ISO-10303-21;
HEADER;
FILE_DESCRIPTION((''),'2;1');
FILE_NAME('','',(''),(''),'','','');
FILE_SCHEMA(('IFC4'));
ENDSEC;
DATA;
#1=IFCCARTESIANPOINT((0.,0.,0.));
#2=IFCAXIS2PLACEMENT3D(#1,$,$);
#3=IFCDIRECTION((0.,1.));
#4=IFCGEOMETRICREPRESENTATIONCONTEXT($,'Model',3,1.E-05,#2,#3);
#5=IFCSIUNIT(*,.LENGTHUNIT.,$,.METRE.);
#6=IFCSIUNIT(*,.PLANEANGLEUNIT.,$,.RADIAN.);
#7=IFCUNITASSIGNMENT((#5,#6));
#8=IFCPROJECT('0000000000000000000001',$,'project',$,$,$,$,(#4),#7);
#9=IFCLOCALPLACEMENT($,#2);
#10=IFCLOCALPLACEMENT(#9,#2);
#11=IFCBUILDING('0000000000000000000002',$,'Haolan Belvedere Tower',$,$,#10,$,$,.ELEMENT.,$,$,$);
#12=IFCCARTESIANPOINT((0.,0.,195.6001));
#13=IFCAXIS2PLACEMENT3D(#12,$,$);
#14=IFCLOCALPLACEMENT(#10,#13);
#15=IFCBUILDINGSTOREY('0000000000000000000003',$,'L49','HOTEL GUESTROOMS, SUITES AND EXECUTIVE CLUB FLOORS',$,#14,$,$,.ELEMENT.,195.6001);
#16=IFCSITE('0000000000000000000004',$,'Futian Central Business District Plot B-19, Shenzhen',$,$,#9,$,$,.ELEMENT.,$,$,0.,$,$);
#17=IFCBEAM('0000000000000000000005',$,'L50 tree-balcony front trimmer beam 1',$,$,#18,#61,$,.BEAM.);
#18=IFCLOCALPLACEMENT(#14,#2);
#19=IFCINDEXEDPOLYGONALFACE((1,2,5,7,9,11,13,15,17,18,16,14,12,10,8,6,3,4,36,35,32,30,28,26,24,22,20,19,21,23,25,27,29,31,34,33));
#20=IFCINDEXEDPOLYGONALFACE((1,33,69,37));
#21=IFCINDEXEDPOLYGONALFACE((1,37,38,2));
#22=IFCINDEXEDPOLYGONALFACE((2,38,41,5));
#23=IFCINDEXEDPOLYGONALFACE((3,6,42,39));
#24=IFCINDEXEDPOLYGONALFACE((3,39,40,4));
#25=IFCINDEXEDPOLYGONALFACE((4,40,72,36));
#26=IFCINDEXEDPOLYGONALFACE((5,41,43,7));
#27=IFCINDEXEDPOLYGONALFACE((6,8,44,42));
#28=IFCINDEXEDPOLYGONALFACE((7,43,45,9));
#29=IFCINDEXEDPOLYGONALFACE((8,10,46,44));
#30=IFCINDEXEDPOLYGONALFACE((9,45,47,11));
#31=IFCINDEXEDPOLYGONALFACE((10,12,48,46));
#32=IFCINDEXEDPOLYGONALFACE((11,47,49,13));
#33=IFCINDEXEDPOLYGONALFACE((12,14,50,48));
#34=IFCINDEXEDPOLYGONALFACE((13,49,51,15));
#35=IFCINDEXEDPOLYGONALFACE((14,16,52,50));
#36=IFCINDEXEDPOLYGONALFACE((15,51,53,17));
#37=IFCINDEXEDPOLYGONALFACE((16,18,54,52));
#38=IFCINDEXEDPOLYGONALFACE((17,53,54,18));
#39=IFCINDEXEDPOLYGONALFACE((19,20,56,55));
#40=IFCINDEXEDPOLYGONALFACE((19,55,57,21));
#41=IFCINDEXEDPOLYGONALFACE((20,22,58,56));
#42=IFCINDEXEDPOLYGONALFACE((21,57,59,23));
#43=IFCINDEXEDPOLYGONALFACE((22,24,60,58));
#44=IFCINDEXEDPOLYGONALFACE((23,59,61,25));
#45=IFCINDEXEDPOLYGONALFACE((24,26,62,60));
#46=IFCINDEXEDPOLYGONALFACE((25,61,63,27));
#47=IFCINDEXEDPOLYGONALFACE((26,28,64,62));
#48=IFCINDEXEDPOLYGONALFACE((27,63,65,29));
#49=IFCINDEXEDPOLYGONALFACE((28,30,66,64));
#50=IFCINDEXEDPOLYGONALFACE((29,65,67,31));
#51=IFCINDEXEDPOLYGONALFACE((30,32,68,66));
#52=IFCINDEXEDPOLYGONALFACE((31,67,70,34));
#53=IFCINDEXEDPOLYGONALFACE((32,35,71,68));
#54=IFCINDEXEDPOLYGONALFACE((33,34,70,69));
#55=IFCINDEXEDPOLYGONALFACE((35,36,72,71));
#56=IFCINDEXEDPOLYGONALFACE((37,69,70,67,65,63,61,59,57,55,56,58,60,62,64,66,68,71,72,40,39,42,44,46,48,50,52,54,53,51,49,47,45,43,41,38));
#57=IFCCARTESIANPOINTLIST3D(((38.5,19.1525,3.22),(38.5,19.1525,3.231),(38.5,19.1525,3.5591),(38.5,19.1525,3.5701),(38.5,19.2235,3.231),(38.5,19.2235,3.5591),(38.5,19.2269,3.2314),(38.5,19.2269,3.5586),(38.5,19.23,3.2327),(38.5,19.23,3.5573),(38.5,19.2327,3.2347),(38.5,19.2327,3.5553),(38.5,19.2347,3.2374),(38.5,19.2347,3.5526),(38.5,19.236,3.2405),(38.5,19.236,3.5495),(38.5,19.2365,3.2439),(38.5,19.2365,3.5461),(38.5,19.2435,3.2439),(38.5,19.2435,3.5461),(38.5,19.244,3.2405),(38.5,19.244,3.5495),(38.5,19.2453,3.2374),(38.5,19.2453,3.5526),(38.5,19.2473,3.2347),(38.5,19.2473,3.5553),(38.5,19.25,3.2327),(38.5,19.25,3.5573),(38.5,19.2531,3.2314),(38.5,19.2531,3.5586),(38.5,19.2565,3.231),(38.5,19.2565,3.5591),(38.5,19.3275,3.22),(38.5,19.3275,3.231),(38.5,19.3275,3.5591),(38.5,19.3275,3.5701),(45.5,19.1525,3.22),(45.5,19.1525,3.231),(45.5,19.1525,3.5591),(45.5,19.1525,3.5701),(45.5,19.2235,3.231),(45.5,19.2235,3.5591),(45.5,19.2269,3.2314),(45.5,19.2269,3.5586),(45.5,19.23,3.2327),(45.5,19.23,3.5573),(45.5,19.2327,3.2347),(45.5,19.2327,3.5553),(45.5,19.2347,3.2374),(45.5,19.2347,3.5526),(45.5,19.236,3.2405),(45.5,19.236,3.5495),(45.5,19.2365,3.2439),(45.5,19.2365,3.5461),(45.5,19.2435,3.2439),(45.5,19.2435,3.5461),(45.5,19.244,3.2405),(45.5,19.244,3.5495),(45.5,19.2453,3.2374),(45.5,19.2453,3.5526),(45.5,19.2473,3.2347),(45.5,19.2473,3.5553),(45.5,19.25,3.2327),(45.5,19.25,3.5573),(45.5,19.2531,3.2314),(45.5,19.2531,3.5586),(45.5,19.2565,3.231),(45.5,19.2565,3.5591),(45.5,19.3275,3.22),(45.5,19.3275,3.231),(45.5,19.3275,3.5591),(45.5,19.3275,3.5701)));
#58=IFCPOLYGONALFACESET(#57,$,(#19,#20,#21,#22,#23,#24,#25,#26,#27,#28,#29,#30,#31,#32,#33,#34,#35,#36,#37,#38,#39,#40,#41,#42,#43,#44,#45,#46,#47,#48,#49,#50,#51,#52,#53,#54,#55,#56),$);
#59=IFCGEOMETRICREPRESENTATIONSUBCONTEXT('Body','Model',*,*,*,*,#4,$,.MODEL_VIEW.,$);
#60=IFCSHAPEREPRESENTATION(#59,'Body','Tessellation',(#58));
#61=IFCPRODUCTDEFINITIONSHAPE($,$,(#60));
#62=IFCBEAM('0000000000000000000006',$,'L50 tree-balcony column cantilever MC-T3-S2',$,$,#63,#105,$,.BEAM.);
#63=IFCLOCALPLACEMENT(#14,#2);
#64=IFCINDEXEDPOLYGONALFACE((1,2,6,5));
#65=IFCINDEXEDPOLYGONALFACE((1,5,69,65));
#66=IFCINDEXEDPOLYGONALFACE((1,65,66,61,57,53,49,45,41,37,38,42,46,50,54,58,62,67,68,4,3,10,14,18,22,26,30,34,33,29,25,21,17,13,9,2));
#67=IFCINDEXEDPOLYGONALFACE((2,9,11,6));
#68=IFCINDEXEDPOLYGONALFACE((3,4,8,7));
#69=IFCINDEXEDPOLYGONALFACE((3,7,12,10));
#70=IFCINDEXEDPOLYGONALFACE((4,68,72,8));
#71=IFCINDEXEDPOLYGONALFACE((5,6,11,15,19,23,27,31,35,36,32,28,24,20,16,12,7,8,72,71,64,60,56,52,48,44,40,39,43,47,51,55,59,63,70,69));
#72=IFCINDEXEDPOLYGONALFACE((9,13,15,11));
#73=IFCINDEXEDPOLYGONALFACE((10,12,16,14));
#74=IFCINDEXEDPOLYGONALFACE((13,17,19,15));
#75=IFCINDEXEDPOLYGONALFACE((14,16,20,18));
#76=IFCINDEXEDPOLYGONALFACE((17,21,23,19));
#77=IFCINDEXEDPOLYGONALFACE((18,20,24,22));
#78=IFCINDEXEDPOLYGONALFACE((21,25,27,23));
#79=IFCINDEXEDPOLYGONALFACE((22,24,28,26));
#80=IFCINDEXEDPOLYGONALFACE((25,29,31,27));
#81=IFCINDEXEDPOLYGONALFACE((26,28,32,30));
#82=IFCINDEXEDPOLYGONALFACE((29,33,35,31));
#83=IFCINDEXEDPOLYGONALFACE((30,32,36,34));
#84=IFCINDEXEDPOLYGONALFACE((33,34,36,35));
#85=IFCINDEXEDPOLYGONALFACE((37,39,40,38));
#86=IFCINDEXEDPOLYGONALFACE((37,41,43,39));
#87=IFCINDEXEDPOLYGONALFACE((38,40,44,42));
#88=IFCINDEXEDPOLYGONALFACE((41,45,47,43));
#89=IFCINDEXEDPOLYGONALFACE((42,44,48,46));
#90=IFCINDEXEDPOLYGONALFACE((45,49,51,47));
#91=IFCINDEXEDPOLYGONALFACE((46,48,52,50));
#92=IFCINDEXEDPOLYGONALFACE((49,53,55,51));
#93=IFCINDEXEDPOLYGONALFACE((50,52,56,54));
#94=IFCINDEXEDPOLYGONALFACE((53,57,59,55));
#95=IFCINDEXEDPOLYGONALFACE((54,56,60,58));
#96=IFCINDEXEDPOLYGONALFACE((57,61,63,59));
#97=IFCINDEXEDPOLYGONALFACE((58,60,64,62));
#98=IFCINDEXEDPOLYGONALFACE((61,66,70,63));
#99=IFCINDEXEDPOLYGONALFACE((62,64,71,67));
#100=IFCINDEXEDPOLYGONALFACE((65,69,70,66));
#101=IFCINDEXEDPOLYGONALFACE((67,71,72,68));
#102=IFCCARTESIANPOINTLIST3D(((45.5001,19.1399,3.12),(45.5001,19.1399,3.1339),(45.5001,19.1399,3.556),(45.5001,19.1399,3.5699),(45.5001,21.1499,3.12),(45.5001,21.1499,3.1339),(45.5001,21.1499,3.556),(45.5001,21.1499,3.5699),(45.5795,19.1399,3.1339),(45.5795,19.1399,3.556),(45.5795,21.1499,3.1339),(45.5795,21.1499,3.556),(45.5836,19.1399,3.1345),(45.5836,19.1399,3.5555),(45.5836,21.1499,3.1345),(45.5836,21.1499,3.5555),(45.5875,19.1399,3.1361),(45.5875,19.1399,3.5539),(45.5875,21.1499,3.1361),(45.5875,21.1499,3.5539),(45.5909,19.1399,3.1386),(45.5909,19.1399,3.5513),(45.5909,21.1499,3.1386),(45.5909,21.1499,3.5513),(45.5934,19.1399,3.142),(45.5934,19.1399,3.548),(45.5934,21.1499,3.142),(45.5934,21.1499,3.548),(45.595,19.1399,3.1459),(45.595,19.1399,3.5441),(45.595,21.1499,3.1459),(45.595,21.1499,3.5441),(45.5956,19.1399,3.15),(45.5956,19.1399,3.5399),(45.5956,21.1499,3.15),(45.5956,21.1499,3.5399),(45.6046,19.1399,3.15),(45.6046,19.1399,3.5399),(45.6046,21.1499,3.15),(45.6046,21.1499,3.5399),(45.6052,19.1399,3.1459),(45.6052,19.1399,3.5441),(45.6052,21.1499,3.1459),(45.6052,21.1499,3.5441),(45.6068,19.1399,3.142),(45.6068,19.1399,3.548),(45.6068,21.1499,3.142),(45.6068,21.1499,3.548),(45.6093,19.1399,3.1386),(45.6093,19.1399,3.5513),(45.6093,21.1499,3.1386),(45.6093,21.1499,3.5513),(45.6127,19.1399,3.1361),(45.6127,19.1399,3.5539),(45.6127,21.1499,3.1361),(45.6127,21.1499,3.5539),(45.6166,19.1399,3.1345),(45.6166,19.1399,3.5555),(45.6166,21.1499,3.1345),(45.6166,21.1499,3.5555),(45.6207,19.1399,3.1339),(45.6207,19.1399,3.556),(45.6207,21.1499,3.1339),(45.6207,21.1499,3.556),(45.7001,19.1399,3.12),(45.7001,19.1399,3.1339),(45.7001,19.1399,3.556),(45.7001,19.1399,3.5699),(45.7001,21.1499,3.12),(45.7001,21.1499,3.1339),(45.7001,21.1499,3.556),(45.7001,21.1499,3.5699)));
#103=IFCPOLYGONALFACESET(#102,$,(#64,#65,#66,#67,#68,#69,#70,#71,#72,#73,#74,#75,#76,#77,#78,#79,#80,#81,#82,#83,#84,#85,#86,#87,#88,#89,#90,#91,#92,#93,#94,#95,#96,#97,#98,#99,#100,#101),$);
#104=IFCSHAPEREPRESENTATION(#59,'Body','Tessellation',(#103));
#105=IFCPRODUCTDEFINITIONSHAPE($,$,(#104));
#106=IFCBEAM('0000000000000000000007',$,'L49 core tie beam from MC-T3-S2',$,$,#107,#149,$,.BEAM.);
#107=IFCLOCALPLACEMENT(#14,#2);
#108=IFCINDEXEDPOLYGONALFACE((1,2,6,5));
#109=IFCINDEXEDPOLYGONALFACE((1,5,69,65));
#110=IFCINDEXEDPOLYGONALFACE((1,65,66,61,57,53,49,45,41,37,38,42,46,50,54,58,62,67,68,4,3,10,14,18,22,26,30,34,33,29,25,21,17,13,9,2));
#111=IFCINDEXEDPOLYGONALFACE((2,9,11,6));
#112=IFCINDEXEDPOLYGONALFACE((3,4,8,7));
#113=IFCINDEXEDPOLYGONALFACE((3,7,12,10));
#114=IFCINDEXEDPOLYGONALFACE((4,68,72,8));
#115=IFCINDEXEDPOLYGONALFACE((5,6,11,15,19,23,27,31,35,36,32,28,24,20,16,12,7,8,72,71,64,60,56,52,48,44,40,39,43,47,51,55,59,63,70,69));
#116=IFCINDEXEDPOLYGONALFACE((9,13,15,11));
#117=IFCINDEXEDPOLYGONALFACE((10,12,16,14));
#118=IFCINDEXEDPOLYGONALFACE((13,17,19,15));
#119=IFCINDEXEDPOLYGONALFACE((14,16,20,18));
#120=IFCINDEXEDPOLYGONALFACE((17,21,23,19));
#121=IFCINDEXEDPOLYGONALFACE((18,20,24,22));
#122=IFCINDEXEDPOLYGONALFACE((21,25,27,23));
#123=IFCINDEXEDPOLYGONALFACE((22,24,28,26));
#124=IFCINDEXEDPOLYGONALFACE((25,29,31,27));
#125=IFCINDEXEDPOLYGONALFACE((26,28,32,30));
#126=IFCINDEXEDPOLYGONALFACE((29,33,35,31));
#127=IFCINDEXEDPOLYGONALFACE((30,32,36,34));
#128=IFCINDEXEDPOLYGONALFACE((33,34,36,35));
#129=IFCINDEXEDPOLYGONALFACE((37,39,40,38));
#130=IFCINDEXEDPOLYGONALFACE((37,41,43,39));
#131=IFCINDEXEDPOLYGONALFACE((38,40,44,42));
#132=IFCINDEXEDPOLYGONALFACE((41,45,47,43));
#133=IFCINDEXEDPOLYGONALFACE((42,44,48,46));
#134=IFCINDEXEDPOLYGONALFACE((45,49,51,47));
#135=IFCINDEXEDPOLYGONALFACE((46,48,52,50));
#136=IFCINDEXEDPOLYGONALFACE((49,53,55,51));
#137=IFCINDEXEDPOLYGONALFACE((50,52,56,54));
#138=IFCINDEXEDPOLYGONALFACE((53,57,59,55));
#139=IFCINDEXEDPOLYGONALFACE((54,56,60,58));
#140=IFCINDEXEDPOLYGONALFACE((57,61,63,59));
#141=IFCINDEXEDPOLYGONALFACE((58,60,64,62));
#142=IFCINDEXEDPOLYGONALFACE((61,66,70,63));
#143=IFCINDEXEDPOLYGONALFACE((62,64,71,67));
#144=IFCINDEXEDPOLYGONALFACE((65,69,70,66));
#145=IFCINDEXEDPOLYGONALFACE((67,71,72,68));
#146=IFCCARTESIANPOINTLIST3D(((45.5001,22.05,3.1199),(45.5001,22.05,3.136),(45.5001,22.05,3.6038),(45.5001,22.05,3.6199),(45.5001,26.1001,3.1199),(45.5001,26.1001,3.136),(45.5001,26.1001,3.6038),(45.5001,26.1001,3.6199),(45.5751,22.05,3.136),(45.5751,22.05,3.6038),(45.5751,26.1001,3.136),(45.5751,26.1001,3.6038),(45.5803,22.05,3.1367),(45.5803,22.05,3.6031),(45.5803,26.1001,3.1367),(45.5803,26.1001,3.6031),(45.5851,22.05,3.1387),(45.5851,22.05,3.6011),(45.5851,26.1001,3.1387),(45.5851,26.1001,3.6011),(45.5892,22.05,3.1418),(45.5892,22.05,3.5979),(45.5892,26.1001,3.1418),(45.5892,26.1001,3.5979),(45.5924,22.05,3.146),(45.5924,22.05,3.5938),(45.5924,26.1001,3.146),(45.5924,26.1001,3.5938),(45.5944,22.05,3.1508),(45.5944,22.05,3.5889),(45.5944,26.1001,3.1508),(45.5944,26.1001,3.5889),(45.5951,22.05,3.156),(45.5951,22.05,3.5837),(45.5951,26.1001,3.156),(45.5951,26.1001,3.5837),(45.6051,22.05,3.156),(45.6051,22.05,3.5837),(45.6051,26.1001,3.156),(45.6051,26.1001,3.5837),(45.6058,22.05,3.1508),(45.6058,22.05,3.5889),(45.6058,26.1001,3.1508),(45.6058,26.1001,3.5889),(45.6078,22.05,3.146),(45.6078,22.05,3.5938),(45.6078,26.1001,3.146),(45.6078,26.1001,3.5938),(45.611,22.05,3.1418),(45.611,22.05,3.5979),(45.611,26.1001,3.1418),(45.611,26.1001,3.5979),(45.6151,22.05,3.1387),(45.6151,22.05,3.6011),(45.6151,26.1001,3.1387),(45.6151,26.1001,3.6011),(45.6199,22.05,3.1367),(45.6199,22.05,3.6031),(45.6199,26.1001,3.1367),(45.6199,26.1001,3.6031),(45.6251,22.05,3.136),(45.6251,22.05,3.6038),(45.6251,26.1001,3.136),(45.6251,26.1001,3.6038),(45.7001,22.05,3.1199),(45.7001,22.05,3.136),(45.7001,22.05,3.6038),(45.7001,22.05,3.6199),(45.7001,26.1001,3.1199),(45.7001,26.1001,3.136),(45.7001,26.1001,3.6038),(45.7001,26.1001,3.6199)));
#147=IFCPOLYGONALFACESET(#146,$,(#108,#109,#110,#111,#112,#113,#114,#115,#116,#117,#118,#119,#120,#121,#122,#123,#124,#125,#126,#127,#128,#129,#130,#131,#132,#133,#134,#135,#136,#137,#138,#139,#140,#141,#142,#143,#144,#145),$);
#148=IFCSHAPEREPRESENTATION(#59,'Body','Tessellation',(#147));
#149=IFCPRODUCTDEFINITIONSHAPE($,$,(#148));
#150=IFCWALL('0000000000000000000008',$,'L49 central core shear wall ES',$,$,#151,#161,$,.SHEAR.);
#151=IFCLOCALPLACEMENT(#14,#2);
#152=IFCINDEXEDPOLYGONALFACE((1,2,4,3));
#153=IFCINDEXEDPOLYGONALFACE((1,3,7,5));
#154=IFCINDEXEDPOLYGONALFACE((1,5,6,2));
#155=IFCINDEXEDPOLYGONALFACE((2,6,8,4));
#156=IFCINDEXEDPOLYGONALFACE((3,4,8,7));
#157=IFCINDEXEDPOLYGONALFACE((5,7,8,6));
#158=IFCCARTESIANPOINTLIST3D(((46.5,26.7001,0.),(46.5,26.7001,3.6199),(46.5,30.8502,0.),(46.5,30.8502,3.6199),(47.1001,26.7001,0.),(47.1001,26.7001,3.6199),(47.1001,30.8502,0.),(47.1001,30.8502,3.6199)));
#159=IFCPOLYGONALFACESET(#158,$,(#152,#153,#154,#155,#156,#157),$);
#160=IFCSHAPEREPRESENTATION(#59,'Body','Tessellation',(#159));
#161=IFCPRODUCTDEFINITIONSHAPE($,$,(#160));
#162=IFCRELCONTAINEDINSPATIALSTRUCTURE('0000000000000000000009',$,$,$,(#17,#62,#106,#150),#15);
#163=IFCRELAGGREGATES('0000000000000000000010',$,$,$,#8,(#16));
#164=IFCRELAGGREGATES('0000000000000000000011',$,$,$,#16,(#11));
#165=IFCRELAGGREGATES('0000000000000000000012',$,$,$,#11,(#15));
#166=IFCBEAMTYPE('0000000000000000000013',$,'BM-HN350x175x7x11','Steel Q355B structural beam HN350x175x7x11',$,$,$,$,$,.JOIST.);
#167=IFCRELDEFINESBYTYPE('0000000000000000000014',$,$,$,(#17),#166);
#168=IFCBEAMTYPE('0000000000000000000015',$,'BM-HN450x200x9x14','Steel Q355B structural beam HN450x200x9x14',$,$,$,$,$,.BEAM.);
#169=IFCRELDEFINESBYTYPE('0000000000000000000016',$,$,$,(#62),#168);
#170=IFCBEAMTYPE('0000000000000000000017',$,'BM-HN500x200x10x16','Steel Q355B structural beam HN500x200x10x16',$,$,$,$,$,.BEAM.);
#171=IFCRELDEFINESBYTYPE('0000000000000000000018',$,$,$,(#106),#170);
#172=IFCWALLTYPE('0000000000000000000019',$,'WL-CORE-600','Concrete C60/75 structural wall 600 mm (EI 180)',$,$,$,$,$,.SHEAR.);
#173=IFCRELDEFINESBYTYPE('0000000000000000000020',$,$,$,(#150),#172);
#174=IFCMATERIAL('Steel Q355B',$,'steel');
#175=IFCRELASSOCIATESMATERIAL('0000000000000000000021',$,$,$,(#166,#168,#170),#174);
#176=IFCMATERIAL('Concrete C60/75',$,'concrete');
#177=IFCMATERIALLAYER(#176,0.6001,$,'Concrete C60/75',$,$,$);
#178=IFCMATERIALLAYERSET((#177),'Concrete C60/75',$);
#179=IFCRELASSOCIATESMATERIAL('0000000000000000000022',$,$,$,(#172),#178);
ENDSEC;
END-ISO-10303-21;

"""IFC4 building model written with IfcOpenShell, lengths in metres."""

from ifc_helpers import new_model, si_unit, direction, frame, frame_2d, origin, origin_2d, place, context, subcontext, project, spatial, rectangle, i_section, extrude, material, layer, layer_set, material_profile, profile_set, type_object, element, save


model = new_model("IFC4")

# Units and contexts
model_context = context("Model", 3, precision=1e-05, world=origin(), true_north=direction((0.0, 1.0)))
body_context = subcontext(model_context, "Body", "Model", "MODEL_VIEW")
ifc_project = project(units=[si_unit("LENGTHUNIT", "METRE"), si_unit("PLANEANGLEUNIT", "RADIAN")], contexts=[model_context])

# Site, building, storey
site_placement = place(None, origin())
site = spatial("IfcSite", under=ifc_project, at=site_placement, Name="Futian Central Business District Plot B-19, Shenzhen", CompositionType="ELEMENT", RefElevation=0.0)
building_placement = place(site_placement, origin())
building = spatial("IfcBuilding", under=site, at=building_placement, Name="Haolan Belvedere Tower", CompositionType="ELEMENT")
storey_placement = place(building_placement, frame((0.0, 0.0, 195.6001)))
storey = spatial("IfcBuildingStorey", under=building, at=storey_placement, Name="L49", Description="HOTEL GUESTROOMS, SUITES AND EXECUTIVE CLUB FLOORS", CompositionType="ELEMENT", Elevation=195.6001)

# Beams
ifc_material_1 = material(Name="Steel Q355B", Category="steel")
ifc_material_profile_1 = material_profile(ifc_material_1, i_section(OverallWidth=0.175, OverallDepth=0.3501, WebThickness=0.0071, FlangeThickness=0.011, FilletRadius=0.0129, at=origin_2d()), Name="Steel Q355B")
ifc_profile_set_1 = profile_set([ifc_material_profile_1], Name="Steel Q355B")
beam_type_1 = type_object("IfcBeamType", Name="BM-HN350x175x7x11", Description="Steel Q355B structural beam HN350x175x7x11", PredefinedType="JOIST", material=ifc_profile_set_1)
beam_1_placement = place(storey_placement, frame((38.5, 19.24, 3.395), z_axis=(1.0, 0.0, 0.0), x_axis=(0.0, 1.0, 0.0)))
element("IfcBeam", 1, at=beam_1_placement, inside=storey, type_object=beam_type_1, Name="L50 tree-balcony front trimmer beam 1", PredefinedType="BEAM", context=body_context, shape_type="SweptSolid", body=[
    extrude(i_section(OverallWidth=0.175, OverallDepth=0.3501, WebThickness=0.0071, FlangeThickness=0.011, FilletRadius=0.0129, at=origin_2d()), origin(), (0.0, 0.0, 1.0), 7.0),
])
ifc_material_profile_2 = material_profile(ifc_material_1, i_section(OverallWidth=0.2, OverallDepth=0.45, WebThickness=0.009, FlangeThickness=0.0139, FilletRadius=0.0161, at=origin_2d()), Name="Steel Q355B")
ifc_profile_set_2 = profile_set([ifc_material_profile_2], Name="Steel Q355B")
beam_type_2 = type_object("IfcBeamType", Name="BM-HN450x200x9x14", Description="Steel Q355B structural beam HN450x200x9x14", PredefinedType="BEAM", material=ifc_profile_set_2)
beam_2_placement = place(storey_placement, frame((45.6001, 21.1499, 3.345), z_axis=(0.0, -1.0, 0.0), x_axis=(1.0, 0.0, 0.0)))
element("IfcBeam", 2, at=beam_2_placement, inside=storey, type_object=beam_type_2, Name="L50 tree-balcony column cantilever MC-T3-S2", PredefinedType="BEAM", context=body_context, shape_type="SweptSolid", body=[
    extrude(i_section(OverallWidth=0.2, OverallDepth=0.45, WebThickness=0.009, FlangeThickness=0.0139, FilletRadius=0.0161, at=origin_2d()), origin(), (0.0, 0.0, 1.0), 2.01),
])
ifc_material_profile_3 = material_profile(ifc_material_1, i_section(OverallWidth=0.2, OverallDepth=0.5, WebThickness=0.01, FlangeThickness=0.0161, FilletRadius=0.02, at=origin_2d()), Name="Steel Q355B")
ifc_profile_set_3 = profile_set([ifc_material_profile_3], Name="Steel Q355B")
beam_type_3 = type_object("IfcBeamType", Name="BM-HN500x200x10x16", Description="Steel Q355B structural beam HN500x200x10x16", PredefinedType="BEAM", material=ifc_profile_set_3)
beam_3_placement = place(storey_placement, frame((45.6001, 22.05, 3.3699), z_axis=(0.0, 1.0, 0.0), x_axis=(-1.0, 0.0, 0.0)))
element("IfcBeam", 3, at=beam_3_placement, inside=storey, type_object=beam_type_3, Name="L49 core tie beam from MC-T3-S2", PredefinedType="BEAM", context=body_context, shape_type="SweptSolid", body=[
    extrude(i_section(OverallWidth=0.2, OverallDepth=0.5, WebThickness=0.01, FlangeThickness=0.0161, FilletRadius=0.02, at=origin_2d()), origin(), (0.0, 0.0, 1.0), 4.05),
])

# Wall
ifc_material_2 = material(Name="Concrete C60/75", Category="concrete")
ifc_layer_1 = layer(ifc_material_2, 0.6001, Name="Concrete C60/75")
ifc_layer_set_1 = layer_set([ifc_layer_1], Name="Concrete C60/75")
wall_type_1 = type_object("IfcWallType", Name="WL-CORE-600", Description="Concrete C60/75 structural wall 600 mm (EI 180)", PredefinedType="SHEAR", material=ifc_layer_set_1)
wall_1_placement = place(storey_placement, frame((46.8, 26.7, 0.0), z_axis=(0.0, 0.0, 1.0), x_axis=(0.0, 1.0, 0.0)))
element("IfcWall", 4, at=wall_1_placement, inside=storey, type_object=wall_type_1, Name="L49 central core shear wall ES", PredefinedType="SHEAR", context=body_context, shape_type="SweptSolid", body=[
    extrude(rectangle(XDim=4.1501, YDim=0.6001, at=frame_2d((2.0752, 0.0))), origin(), (0.0, 0.0, 1.0), 3.6199),
])

save(model, "model.ifc")
